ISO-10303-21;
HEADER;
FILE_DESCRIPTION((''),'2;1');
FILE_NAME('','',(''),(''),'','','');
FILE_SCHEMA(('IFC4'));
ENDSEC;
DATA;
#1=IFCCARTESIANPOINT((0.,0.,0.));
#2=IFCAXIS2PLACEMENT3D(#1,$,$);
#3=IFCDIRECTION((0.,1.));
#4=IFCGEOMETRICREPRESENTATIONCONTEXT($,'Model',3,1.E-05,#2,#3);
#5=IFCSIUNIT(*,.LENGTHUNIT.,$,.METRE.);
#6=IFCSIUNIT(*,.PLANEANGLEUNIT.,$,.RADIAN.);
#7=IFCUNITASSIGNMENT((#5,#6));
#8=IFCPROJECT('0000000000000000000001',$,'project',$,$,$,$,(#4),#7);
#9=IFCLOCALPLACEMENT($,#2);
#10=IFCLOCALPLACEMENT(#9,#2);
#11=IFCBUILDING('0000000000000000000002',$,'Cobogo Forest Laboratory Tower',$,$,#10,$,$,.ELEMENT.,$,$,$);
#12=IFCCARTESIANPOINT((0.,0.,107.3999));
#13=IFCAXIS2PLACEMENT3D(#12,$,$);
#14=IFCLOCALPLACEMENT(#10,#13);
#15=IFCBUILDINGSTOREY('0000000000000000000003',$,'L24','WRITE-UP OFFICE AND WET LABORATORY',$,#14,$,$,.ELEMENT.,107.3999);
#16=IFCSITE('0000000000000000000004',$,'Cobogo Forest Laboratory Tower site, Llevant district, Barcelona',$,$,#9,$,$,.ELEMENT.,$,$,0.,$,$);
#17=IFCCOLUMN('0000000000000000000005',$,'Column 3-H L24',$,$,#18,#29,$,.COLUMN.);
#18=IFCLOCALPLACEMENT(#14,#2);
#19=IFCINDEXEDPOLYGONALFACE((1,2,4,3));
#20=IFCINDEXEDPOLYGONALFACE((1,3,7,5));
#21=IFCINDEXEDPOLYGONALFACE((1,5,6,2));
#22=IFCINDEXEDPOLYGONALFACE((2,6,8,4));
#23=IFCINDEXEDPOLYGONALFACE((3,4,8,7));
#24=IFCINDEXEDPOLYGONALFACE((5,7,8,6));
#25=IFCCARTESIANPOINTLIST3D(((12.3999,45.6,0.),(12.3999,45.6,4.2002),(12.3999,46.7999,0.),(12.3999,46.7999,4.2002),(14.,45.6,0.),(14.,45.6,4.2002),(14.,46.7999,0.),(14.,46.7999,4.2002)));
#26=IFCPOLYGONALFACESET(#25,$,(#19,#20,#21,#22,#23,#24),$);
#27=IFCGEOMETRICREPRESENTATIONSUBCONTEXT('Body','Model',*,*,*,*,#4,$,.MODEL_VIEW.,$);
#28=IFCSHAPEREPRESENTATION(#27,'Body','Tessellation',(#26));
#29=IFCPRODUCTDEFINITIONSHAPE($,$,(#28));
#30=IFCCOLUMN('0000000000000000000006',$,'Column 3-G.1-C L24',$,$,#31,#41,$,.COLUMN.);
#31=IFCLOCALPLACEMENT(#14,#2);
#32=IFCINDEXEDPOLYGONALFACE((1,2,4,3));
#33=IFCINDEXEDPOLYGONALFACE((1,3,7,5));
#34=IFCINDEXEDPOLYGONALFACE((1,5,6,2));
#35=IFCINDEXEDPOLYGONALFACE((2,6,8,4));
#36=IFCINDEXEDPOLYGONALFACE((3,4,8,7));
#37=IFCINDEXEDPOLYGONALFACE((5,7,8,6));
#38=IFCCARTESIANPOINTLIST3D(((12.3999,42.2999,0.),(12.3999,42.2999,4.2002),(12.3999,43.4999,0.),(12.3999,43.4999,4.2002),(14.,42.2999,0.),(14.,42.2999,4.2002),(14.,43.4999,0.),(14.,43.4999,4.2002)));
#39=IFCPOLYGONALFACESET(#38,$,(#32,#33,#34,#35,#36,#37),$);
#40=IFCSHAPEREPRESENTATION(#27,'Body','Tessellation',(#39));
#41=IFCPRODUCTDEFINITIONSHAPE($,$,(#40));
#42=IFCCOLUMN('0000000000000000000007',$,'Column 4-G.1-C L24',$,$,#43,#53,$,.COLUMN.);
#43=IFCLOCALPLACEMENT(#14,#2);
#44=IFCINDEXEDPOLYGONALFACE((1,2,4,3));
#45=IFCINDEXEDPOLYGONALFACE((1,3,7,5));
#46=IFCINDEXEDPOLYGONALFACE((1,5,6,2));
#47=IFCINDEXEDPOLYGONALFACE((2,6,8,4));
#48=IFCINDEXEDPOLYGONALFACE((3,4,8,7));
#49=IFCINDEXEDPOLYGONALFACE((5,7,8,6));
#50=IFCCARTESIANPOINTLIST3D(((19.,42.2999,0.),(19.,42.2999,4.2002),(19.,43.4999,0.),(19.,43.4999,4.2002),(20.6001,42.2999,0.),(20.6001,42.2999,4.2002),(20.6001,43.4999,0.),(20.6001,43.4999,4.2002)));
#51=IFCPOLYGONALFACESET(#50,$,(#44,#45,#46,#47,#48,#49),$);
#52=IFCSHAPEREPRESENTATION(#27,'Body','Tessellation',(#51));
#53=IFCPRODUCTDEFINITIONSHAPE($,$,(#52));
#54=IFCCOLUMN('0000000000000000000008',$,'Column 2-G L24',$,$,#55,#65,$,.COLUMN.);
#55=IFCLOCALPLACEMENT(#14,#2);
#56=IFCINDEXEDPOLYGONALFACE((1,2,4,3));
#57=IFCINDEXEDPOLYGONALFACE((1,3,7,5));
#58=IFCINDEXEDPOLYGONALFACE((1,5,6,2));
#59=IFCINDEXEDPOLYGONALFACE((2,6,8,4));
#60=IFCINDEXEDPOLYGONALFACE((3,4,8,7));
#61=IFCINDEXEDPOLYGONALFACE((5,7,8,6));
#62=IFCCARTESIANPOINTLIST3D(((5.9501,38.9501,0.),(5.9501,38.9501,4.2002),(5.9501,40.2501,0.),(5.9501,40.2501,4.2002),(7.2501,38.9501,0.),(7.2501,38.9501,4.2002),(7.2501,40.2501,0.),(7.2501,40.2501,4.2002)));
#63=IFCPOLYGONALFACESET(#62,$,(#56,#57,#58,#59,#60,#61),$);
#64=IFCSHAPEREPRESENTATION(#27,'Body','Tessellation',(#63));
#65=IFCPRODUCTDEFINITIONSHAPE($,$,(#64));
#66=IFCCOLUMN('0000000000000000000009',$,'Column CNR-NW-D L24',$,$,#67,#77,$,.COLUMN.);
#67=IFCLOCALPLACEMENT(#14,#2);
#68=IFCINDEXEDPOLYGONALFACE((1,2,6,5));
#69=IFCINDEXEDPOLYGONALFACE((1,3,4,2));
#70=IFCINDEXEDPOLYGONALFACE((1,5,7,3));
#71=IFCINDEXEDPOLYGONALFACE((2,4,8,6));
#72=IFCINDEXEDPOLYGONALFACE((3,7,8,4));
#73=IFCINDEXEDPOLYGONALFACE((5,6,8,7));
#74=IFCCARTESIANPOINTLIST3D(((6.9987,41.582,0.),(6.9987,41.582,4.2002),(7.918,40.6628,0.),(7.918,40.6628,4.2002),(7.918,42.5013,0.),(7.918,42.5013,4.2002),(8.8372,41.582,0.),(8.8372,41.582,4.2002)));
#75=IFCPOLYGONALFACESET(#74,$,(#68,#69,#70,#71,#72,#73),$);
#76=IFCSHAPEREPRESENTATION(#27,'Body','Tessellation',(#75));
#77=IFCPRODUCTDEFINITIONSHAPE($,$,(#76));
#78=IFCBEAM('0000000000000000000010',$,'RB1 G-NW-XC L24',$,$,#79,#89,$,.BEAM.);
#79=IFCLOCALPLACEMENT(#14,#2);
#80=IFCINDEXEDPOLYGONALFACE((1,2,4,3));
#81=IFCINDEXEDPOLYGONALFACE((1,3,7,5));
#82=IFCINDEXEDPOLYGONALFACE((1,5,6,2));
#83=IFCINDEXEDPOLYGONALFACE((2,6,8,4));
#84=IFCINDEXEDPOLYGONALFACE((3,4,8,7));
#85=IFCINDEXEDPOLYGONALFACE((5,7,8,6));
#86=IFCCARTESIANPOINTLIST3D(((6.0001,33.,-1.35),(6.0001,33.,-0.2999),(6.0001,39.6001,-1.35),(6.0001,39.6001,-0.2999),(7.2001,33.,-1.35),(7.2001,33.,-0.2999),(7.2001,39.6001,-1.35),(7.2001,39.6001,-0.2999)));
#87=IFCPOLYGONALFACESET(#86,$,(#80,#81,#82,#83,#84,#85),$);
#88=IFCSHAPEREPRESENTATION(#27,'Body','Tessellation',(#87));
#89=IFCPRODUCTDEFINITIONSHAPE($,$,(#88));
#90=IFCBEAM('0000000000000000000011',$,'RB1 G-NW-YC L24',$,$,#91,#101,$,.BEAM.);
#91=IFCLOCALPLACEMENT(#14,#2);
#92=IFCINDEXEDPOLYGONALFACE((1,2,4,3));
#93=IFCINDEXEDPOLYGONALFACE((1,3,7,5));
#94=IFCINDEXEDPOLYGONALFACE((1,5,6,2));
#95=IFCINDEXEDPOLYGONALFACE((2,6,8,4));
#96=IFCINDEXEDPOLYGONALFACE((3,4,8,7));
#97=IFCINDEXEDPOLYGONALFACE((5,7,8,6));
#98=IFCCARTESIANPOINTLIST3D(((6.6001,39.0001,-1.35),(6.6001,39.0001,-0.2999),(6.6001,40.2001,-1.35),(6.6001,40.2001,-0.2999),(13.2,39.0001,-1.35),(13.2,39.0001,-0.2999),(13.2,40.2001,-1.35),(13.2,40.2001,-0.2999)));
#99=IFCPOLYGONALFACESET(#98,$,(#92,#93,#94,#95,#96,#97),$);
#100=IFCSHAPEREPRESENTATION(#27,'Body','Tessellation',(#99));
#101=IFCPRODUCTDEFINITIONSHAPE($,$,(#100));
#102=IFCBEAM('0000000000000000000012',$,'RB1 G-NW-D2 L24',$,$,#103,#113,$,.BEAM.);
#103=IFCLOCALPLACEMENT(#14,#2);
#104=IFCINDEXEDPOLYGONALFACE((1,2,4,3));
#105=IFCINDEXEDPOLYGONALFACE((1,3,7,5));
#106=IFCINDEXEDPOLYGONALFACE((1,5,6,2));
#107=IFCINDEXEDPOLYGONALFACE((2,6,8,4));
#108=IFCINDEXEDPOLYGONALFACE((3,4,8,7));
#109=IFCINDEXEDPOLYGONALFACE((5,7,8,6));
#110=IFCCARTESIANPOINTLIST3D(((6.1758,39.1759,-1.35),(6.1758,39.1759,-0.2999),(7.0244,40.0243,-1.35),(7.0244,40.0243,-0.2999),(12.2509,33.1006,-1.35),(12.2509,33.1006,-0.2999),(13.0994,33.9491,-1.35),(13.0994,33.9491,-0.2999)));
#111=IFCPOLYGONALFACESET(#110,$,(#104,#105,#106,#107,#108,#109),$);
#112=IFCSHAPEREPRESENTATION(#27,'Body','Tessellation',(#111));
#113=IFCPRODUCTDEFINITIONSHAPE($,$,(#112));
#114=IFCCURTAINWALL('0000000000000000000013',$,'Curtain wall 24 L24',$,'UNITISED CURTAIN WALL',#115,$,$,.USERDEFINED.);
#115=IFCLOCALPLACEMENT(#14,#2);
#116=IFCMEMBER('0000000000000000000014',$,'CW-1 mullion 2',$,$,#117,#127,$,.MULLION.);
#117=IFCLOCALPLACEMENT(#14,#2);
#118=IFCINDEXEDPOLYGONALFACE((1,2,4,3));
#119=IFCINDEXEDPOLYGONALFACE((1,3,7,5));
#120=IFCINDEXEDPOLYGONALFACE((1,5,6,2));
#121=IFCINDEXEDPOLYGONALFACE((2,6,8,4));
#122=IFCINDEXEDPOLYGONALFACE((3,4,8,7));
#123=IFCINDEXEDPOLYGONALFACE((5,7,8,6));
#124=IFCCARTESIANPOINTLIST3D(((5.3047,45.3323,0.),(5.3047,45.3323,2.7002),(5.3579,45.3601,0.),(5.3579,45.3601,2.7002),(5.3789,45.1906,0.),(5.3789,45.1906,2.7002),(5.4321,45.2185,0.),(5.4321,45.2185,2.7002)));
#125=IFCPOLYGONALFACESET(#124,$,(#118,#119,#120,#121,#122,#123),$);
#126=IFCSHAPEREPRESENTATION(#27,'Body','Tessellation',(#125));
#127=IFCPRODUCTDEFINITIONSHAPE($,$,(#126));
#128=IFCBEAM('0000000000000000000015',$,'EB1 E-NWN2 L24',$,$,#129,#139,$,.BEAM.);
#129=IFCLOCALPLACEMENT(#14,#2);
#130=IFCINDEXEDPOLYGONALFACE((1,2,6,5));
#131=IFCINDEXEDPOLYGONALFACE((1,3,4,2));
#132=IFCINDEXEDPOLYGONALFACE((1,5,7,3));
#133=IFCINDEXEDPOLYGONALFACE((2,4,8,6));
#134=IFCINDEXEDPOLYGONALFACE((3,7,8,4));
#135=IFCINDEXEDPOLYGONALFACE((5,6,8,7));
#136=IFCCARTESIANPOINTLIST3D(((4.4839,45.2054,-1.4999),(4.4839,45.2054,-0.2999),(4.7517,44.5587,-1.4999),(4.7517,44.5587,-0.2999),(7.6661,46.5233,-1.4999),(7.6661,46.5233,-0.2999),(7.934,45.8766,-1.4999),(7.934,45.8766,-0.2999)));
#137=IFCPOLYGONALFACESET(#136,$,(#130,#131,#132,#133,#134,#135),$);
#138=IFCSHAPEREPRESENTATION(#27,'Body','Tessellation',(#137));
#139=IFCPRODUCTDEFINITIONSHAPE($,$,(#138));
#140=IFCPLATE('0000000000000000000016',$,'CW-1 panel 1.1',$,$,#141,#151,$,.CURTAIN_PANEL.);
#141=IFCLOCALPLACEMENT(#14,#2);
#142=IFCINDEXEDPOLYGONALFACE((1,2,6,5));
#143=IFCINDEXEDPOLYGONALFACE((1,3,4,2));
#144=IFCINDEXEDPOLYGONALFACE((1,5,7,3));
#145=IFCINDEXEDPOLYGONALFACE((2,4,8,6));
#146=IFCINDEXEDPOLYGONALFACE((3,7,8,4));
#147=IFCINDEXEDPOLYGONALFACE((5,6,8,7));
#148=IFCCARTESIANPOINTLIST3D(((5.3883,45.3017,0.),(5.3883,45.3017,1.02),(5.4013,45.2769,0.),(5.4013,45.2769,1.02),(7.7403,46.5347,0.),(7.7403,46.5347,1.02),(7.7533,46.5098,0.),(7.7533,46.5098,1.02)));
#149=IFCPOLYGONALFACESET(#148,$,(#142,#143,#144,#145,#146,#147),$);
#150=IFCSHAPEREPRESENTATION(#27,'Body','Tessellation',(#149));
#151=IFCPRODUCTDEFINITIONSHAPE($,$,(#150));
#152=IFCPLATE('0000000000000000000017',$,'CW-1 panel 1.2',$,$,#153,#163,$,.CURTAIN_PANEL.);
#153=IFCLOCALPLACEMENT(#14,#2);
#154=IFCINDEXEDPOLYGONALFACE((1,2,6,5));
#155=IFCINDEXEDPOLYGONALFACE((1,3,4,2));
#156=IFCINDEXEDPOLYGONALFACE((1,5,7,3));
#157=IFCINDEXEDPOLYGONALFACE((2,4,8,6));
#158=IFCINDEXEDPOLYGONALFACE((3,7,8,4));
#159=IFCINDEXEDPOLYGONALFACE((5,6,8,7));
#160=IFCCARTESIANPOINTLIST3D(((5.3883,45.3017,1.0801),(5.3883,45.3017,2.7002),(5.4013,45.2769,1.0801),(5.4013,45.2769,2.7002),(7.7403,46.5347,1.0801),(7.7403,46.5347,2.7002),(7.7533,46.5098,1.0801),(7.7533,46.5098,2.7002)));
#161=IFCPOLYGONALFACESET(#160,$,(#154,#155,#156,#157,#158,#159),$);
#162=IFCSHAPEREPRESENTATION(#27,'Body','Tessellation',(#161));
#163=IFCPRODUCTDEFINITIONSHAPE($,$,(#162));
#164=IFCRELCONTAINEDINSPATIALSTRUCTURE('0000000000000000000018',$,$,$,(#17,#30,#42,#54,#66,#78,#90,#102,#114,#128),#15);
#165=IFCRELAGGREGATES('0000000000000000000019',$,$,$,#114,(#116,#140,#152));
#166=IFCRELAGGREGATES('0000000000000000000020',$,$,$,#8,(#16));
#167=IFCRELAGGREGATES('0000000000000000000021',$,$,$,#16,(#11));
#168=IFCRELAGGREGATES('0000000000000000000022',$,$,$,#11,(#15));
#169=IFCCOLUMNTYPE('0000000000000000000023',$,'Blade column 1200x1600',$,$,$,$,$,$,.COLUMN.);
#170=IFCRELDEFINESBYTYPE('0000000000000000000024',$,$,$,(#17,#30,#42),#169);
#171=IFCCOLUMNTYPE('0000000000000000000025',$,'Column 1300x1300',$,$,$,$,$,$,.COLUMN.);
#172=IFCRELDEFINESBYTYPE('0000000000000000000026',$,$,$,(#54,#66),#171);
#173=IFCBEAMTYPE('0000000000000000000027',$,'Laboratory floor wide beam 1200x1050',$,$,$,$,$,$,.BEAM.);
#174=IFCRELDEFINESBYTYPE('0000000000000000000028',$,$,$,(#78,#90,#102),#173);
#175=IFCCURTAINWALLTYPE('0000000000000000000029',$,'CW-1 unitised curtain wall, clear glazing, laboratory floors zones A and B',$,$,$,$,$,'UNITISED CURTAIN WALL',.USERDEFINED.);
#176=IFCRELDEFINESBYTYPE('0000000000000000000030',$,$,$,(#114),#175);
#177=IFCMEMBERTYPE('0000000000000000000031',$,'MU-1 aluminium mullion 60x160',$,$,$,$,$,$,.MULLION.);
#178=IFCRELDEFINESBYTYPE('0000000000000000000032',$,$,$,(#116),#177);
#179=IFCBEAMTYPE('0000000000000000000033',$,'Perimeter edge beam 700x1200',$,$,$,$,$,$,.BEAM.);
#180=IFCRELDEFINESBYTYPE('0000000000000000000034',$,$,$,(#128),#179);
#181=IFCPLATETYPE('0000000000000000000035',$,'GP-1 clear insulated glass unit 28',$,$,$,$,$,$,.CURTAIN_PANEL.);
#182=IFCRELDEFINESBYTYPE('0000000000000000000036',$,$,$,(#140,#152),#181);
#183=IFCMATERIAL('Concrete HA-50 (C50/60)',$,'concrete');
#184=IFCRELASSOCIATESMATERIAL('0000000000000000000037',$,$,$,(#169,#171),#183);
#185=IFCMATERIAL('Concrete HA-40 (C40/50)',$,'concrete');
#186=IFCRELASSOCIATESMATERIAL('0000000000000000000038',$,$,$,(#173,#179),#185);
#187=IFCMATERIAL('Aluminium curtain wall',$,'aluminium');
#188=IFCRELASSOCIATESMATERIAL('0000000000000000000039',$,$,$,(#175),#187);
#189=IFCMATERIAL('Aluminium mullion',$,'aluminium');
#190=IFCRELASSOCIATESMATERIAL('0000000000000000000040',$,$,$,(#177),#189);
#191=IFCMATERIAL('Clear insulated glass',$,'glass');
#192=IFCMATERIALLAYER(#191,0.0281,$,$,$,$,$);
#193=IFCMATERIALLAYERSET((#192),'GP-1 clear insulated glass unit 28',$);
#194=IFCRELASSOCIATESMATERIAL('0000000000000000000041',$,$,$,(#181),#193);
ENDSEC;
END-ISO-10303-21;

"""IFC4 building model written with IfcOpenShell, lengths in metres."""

from ifc_helpers import new_model, si_unit, direction, frame, origin, origin_2d, place, context, subcontext, project, spatial, rectangle, extrude, material, layer, layer_set, material_profile, profile_set, type_object, element, aggregate, save


model = new_model("IFC4")

# Units and contexts
model_context = context("Model", 3, precision=1e-05, world=origin(), true_north=direction((0.0, 1.0)))
body_context = subcontext(model_context, "Body", "Model", "MODEL_VIEW")
ifc_project = project(units=[si_unit("LENGTHUNIT", "METRE"), si_unit("PLANEANGLEUNIT", "RADIAN")], contexts=[model_context])

# Site, building, storey
site_placement = place(None, origin())
site = spatial("IfcSite", under=ifc_project, at=site_placement, Name="Cobogo Forest Laboratory Tower site, Llevant district, Barcelona", CompositionType="ELEMENT", RefElevation=0.0)
building_placement = place(site_placement, origin())
building = spatial("IfcBuilding", under=site, at=building_placement, Name="Cobogo Forest Laboratory Tower", CompositionType="ELEMENT")
storey_placement = place(building_placement, frame((0.0, 0.0, 107.3999)))
storey = spatial("IfcBuildingStorey", under=building, at=storey_placement, Name="L24", Description="WRITE-UP OFFICE AND WET LABORATORY", CompositionType="ELEMENT", Elevation=107.3999)

# Columns
ifc_material_1 = material(Name="Concrete HA-50 (C50/60)", Category="concrete")
ifc_material_profile_1 = material_profile(ifc_material_1, rectangle(XDim=1.6001, YDim=1.2, at=origin_2d()), Name="RC 1200x1600")
ifc_profile_set_1 = profile_set([ifc_material_profile_1], Name="Concrete HA-50 (C50/60)")
column_type_1 = type_object("IfcColumnType", Name="Blade column 1200x1600", PredefinedType="COLUMN", material=ifc_profile_set_1)
for number, where, z_axis, x_axis, name in (
    (1, (13.2, 46.2, 0.0), (0.0, 0.0, 1.0), (1.0, 0.0, 0.0), "Column 3-H L24"),
    (2, (13.2, 42.8999, 0.0), (0.0, 0.0, 1.0), (1.0, 0.0, 0.0), "Column 3-G.1-C L24"),
    (3, (19.8, 42.8999, 0.0), (0.0, 0.0, 1.0), (1.0, 0.0, 0.0), "Column 4-G.1-C L24"),
):
    element("IfcColumn", number, at=place(storey_placement, frame(where, z_axis=z_axis, x_axis=x_axis)), inside=storey, type_object=column_type_1, Name=name, PredefinedType="COLUMN", context=body_context, shape_type="SweptSolid", body=[
        extrude(rectangle(XDim=1.6001, YDim=1.2, at=origin_2d()), origin(), (0.0, 0.0, 1.0), 4.2002),
    ])
ifc_material_profile_2 = material_profile(ifc_material_1, rectangle(XDim=1.3, YDim=1.3, at=origin_2d()), Name="RC 1300x1300")
ifc_profile_set_2 = profile_set([ifc_material_profile_2], Name="Concrete HA-50 (C50/60)")
column_type_2 = type_object("IfcColumnType", Name="Column 1300x1300", PredefinedType="COLUMN", material=ifc_profile_set_2)
for number, where, z_axis, x_axis, name in (
    (4, (6.6001, 39.6001, 0.0), (0.0, 0.0, 1.0), (1.0, 0.0, 0.0), "Column 2-G L24"),
    (5, (7.918, 41.582, 0.0), (0.0, 0.0, 1.0), (0.707107, 0.707107, 0.0), "Column CNR-NW-D L24"),
):
    element("IfcColumn", number, at=place(storey_placement, frame(where, z_axis=z_axis, x_axis=x_axis)), inside=storey, type_object=column_type_2, Name=name, PredefinedType="COLUMN", context=body_context, shape_type="SweptSolid", body=[
        extrude(rectangle(XDim=1.3, YDim=1.3, at=origin_2d()), origin(), (0.0, 0.0, 1.0), 4.2002),
    ])

# Beams
ifc_material_2 = material(Name="Concrete HA-40 (C40/50)", Category="concrete")
ifc_material_profile_3 = material_profile(ifc_material_2, rectangle(XDim=1.2, YDim=1.05, at=origin_2d()), Name="RC 1200x1050")
ifc_profile_set_3 = profile_set([ifc_material_profile_3], Name="Concrete HA-40 (C40/50)")
beam_type_1 = type_object("IfcBeamType", Name="Laboratory floor wide beam 1200x1050", PredefinedType="BEAM", material=ifc_profile_set_3)
beam_1_placement = place(storey_placement, frame((6.6001, 39.6001, -0.825), z_axis=(0.0, -1.0, 0.0), x_axis=(1.0, 0.0, 0.0)))
element("IfcBeam", 6, at=beam_1_placement, inside=storey, type_object=beam_type_1, Name="RB1 G-NW-XC L24", PredefinedType="BEAM", context=body_context, shape_type="SweptSolid", body=[
    extrude(rectangle(XDim=1.2, YDim=1.05, at=origin_2d()), origin(), (0.0, 0.0, 1.0), 6.6001),
])
beam_2_placement = place(storey_placement, frame((6.6001, 39.6001, -0.825), z_axis=(1.0, 0.0, 0.0), x_axis=(0.0, 1.0, 0.0)))
element("IfcBeam", 7, at=beam_2_placement, inside=storey, type_object=beam_type_1, Name="RB1 G-NW-YC L24", PredefinedType="BEAM", context=body_context, shape_type="SweptSolid", body=[
    extrude(rectangle(XDim=1.2, YDim=1.05, at=origin_2d()), origin(), (0.0, 0.0, 1.0), 6.5999),
])
beam_3_placement = place(storey_placement, frame((6.6001, 39.6001, -0.825), z_axis=(0.707093, -0.707121, 0.0), x_axis=(0.707121, 0.707093, 0.0)))
element("IfcBeam", 8, at=beam_3_placement, inside=storey, type_object=beam_type_1, Name="RB1 G-NW-D2 L24", PredefinedType="BEAM", context=body_context, shape_type="SweptSolid", body=[
    extrude(rectangle(XDim=1.2, YDim=1.05, at=origin_2d()), origin(), (0.0, 0.0, 1.0), 8.5916),
])

# Curtain wall, member
ifc_material_3 = material(Name="Aluminium curtain wall", Category="aluminium")
curtain_wall_type = type_object("IfcCurtainWallType", Name="CW-1 unitised curtain wall, clear glazing, laboratory floors zones A and B", ElementType="UNITISED CURTAIN WALL", PredefinedType="USERDEFINED", material=ifc_material_3)
curtain_wall_placement = place(storey_placement, origin())
curtain_wall = element("IfcCurtainWall", 9, at=curtain_wall_placement, inside=storey, type_object=curtain_wall_type, Name="Curtain wall 24 L24", ObjectType="UNITISED CURTAIN WALL", PredefinedType="USERDEFINED")
ifc_material_4 = material(Name="Aluminium mullion", Category="aluminium")
ifc_material_profile_4 = material_profile(ifc_material_4, rectangle(XDim=0.0601, YDim=0.1599, at=origin_2d()), Name="AL 60x160")
ifc_profile_set_4 = profile_set([ifc_material_profile_4], Name="Aluminium mullion")
member_type = type_object("IfcMemberType", Name="MU-1 aluminium mullion 60x160", PredefinedType="MULLION", material=ifc_profile_set_4)
member_placement = place(storey_placement, frame((5.3684, 45.2754, 0.0), z_axis=(0.0, 0.0, 1.0), x_axis=(-0.885687, -0.464284, 0.0)))
member = element("IfcMember", 10, at=member_placement, type_object=member_type, Name="CW-1 mullion 2", PredefinedType="MULLION", context=body_context, shape_type="SweptSolid", body=[
    extrude(rectangle(XDim=0.0601, YDim=0.1599, at=origin_2d()), origin(), (0.0, 0.0, 1.0), 2.7002),
])

# Beam
ifc_material_profile_5 = material_profile(ifc_material_2, rectangle(XDim=0.7, YDim=1.2, at=origin_2d()), Name="RC 700x1200")
ifc_profile_set_5 = profile_set([ifc_material_profile_5], Name="Concrete HA-40 (C40/50)")
beam_type_2 = type_object("IfcBeamType", Name="Perimeter edge beam 700x1200", PredefinedType="BEAM", material=ifc_profile_set_5)
beam_4_placement = place(storey_placement, frame((7.8, 46.2, -0.8999), z_axis=(-0.923901, -0.382631, 0.0), x_axis=(0.382631, -0.923901, 0.0)))
element("IfcBeam", 11, at=beam_4_placement, inside=storey, type_object=beam_type_2, Name="EB1 E-NWN2 L24", PredefinedType="BEAM", context=body_context, shape_type="SweptSolid", body=[
    extrude(rectangle(XDim=0.7, YDim=1.2, at=origin_2d()), origin(), (0.0, 0.0, 1.0), 3.4443),
])

# Plates
ifc_material_5 = material(Name="Clear insulated glass", Category="glass")
ifc_layer_1 = layer(ifc_material_5, 0.0281)
ifc_layer_set_1 = layer_set([ifc_layer_1], Name="GP-1 clear insulated glass unit 28")
plate_type = type_object("IfcPlateType", Name="GP-1 clear insulated glass unit 28", PredefinedType="CURTAIN_PANEL", material=ifc_layer_set_1)
plate_1_placement = place(storey_placement, frame((6.5708, 45.9058, 0.0), z_axis=(0.0, 0.0, 1.0), x_axis=(-0.885687, -0.464284, 0.0)))
plate_1 = element("IfcPlate", 12, at=plate_1_placement, type_object=plate_type, Name="CW-1 panel 1.1", PredefinedType="CURTAIN_PANEL", context=body_context, shape_type="SweptSolid", body=[
    extrude(rectangle(XDim=2.6555, YDim=0.0281, at=origin_2d()), origin(), (0.0, 0.0, 1.0), 1.02),
])
plate_2_placement = place(storey_placement, frame((6.5708, 45.9058, 1.0801), z_axis=(0.0, 0.0, 1.0), x_axis=(-0.885687, -0.464284, 0.0)))
plate_2 = element("IfcPlate", 13, at=plate_2_placement, type_object=plate_type, Name="CW-1 panel 1.2", PredefinedType="CURTAIN_PANEL", context=body_context, shape_type="SweptSolid", body=[
    extrude(rectangle(XDim=2.6555, YDim=0.0281, at=origin_2d()), origin(), (0.0, 0.0, 1.0), 1.6201),
])
aggregate(curtain_wall, [member, plate_1, plate_2])

save(model, "model.ifc")
